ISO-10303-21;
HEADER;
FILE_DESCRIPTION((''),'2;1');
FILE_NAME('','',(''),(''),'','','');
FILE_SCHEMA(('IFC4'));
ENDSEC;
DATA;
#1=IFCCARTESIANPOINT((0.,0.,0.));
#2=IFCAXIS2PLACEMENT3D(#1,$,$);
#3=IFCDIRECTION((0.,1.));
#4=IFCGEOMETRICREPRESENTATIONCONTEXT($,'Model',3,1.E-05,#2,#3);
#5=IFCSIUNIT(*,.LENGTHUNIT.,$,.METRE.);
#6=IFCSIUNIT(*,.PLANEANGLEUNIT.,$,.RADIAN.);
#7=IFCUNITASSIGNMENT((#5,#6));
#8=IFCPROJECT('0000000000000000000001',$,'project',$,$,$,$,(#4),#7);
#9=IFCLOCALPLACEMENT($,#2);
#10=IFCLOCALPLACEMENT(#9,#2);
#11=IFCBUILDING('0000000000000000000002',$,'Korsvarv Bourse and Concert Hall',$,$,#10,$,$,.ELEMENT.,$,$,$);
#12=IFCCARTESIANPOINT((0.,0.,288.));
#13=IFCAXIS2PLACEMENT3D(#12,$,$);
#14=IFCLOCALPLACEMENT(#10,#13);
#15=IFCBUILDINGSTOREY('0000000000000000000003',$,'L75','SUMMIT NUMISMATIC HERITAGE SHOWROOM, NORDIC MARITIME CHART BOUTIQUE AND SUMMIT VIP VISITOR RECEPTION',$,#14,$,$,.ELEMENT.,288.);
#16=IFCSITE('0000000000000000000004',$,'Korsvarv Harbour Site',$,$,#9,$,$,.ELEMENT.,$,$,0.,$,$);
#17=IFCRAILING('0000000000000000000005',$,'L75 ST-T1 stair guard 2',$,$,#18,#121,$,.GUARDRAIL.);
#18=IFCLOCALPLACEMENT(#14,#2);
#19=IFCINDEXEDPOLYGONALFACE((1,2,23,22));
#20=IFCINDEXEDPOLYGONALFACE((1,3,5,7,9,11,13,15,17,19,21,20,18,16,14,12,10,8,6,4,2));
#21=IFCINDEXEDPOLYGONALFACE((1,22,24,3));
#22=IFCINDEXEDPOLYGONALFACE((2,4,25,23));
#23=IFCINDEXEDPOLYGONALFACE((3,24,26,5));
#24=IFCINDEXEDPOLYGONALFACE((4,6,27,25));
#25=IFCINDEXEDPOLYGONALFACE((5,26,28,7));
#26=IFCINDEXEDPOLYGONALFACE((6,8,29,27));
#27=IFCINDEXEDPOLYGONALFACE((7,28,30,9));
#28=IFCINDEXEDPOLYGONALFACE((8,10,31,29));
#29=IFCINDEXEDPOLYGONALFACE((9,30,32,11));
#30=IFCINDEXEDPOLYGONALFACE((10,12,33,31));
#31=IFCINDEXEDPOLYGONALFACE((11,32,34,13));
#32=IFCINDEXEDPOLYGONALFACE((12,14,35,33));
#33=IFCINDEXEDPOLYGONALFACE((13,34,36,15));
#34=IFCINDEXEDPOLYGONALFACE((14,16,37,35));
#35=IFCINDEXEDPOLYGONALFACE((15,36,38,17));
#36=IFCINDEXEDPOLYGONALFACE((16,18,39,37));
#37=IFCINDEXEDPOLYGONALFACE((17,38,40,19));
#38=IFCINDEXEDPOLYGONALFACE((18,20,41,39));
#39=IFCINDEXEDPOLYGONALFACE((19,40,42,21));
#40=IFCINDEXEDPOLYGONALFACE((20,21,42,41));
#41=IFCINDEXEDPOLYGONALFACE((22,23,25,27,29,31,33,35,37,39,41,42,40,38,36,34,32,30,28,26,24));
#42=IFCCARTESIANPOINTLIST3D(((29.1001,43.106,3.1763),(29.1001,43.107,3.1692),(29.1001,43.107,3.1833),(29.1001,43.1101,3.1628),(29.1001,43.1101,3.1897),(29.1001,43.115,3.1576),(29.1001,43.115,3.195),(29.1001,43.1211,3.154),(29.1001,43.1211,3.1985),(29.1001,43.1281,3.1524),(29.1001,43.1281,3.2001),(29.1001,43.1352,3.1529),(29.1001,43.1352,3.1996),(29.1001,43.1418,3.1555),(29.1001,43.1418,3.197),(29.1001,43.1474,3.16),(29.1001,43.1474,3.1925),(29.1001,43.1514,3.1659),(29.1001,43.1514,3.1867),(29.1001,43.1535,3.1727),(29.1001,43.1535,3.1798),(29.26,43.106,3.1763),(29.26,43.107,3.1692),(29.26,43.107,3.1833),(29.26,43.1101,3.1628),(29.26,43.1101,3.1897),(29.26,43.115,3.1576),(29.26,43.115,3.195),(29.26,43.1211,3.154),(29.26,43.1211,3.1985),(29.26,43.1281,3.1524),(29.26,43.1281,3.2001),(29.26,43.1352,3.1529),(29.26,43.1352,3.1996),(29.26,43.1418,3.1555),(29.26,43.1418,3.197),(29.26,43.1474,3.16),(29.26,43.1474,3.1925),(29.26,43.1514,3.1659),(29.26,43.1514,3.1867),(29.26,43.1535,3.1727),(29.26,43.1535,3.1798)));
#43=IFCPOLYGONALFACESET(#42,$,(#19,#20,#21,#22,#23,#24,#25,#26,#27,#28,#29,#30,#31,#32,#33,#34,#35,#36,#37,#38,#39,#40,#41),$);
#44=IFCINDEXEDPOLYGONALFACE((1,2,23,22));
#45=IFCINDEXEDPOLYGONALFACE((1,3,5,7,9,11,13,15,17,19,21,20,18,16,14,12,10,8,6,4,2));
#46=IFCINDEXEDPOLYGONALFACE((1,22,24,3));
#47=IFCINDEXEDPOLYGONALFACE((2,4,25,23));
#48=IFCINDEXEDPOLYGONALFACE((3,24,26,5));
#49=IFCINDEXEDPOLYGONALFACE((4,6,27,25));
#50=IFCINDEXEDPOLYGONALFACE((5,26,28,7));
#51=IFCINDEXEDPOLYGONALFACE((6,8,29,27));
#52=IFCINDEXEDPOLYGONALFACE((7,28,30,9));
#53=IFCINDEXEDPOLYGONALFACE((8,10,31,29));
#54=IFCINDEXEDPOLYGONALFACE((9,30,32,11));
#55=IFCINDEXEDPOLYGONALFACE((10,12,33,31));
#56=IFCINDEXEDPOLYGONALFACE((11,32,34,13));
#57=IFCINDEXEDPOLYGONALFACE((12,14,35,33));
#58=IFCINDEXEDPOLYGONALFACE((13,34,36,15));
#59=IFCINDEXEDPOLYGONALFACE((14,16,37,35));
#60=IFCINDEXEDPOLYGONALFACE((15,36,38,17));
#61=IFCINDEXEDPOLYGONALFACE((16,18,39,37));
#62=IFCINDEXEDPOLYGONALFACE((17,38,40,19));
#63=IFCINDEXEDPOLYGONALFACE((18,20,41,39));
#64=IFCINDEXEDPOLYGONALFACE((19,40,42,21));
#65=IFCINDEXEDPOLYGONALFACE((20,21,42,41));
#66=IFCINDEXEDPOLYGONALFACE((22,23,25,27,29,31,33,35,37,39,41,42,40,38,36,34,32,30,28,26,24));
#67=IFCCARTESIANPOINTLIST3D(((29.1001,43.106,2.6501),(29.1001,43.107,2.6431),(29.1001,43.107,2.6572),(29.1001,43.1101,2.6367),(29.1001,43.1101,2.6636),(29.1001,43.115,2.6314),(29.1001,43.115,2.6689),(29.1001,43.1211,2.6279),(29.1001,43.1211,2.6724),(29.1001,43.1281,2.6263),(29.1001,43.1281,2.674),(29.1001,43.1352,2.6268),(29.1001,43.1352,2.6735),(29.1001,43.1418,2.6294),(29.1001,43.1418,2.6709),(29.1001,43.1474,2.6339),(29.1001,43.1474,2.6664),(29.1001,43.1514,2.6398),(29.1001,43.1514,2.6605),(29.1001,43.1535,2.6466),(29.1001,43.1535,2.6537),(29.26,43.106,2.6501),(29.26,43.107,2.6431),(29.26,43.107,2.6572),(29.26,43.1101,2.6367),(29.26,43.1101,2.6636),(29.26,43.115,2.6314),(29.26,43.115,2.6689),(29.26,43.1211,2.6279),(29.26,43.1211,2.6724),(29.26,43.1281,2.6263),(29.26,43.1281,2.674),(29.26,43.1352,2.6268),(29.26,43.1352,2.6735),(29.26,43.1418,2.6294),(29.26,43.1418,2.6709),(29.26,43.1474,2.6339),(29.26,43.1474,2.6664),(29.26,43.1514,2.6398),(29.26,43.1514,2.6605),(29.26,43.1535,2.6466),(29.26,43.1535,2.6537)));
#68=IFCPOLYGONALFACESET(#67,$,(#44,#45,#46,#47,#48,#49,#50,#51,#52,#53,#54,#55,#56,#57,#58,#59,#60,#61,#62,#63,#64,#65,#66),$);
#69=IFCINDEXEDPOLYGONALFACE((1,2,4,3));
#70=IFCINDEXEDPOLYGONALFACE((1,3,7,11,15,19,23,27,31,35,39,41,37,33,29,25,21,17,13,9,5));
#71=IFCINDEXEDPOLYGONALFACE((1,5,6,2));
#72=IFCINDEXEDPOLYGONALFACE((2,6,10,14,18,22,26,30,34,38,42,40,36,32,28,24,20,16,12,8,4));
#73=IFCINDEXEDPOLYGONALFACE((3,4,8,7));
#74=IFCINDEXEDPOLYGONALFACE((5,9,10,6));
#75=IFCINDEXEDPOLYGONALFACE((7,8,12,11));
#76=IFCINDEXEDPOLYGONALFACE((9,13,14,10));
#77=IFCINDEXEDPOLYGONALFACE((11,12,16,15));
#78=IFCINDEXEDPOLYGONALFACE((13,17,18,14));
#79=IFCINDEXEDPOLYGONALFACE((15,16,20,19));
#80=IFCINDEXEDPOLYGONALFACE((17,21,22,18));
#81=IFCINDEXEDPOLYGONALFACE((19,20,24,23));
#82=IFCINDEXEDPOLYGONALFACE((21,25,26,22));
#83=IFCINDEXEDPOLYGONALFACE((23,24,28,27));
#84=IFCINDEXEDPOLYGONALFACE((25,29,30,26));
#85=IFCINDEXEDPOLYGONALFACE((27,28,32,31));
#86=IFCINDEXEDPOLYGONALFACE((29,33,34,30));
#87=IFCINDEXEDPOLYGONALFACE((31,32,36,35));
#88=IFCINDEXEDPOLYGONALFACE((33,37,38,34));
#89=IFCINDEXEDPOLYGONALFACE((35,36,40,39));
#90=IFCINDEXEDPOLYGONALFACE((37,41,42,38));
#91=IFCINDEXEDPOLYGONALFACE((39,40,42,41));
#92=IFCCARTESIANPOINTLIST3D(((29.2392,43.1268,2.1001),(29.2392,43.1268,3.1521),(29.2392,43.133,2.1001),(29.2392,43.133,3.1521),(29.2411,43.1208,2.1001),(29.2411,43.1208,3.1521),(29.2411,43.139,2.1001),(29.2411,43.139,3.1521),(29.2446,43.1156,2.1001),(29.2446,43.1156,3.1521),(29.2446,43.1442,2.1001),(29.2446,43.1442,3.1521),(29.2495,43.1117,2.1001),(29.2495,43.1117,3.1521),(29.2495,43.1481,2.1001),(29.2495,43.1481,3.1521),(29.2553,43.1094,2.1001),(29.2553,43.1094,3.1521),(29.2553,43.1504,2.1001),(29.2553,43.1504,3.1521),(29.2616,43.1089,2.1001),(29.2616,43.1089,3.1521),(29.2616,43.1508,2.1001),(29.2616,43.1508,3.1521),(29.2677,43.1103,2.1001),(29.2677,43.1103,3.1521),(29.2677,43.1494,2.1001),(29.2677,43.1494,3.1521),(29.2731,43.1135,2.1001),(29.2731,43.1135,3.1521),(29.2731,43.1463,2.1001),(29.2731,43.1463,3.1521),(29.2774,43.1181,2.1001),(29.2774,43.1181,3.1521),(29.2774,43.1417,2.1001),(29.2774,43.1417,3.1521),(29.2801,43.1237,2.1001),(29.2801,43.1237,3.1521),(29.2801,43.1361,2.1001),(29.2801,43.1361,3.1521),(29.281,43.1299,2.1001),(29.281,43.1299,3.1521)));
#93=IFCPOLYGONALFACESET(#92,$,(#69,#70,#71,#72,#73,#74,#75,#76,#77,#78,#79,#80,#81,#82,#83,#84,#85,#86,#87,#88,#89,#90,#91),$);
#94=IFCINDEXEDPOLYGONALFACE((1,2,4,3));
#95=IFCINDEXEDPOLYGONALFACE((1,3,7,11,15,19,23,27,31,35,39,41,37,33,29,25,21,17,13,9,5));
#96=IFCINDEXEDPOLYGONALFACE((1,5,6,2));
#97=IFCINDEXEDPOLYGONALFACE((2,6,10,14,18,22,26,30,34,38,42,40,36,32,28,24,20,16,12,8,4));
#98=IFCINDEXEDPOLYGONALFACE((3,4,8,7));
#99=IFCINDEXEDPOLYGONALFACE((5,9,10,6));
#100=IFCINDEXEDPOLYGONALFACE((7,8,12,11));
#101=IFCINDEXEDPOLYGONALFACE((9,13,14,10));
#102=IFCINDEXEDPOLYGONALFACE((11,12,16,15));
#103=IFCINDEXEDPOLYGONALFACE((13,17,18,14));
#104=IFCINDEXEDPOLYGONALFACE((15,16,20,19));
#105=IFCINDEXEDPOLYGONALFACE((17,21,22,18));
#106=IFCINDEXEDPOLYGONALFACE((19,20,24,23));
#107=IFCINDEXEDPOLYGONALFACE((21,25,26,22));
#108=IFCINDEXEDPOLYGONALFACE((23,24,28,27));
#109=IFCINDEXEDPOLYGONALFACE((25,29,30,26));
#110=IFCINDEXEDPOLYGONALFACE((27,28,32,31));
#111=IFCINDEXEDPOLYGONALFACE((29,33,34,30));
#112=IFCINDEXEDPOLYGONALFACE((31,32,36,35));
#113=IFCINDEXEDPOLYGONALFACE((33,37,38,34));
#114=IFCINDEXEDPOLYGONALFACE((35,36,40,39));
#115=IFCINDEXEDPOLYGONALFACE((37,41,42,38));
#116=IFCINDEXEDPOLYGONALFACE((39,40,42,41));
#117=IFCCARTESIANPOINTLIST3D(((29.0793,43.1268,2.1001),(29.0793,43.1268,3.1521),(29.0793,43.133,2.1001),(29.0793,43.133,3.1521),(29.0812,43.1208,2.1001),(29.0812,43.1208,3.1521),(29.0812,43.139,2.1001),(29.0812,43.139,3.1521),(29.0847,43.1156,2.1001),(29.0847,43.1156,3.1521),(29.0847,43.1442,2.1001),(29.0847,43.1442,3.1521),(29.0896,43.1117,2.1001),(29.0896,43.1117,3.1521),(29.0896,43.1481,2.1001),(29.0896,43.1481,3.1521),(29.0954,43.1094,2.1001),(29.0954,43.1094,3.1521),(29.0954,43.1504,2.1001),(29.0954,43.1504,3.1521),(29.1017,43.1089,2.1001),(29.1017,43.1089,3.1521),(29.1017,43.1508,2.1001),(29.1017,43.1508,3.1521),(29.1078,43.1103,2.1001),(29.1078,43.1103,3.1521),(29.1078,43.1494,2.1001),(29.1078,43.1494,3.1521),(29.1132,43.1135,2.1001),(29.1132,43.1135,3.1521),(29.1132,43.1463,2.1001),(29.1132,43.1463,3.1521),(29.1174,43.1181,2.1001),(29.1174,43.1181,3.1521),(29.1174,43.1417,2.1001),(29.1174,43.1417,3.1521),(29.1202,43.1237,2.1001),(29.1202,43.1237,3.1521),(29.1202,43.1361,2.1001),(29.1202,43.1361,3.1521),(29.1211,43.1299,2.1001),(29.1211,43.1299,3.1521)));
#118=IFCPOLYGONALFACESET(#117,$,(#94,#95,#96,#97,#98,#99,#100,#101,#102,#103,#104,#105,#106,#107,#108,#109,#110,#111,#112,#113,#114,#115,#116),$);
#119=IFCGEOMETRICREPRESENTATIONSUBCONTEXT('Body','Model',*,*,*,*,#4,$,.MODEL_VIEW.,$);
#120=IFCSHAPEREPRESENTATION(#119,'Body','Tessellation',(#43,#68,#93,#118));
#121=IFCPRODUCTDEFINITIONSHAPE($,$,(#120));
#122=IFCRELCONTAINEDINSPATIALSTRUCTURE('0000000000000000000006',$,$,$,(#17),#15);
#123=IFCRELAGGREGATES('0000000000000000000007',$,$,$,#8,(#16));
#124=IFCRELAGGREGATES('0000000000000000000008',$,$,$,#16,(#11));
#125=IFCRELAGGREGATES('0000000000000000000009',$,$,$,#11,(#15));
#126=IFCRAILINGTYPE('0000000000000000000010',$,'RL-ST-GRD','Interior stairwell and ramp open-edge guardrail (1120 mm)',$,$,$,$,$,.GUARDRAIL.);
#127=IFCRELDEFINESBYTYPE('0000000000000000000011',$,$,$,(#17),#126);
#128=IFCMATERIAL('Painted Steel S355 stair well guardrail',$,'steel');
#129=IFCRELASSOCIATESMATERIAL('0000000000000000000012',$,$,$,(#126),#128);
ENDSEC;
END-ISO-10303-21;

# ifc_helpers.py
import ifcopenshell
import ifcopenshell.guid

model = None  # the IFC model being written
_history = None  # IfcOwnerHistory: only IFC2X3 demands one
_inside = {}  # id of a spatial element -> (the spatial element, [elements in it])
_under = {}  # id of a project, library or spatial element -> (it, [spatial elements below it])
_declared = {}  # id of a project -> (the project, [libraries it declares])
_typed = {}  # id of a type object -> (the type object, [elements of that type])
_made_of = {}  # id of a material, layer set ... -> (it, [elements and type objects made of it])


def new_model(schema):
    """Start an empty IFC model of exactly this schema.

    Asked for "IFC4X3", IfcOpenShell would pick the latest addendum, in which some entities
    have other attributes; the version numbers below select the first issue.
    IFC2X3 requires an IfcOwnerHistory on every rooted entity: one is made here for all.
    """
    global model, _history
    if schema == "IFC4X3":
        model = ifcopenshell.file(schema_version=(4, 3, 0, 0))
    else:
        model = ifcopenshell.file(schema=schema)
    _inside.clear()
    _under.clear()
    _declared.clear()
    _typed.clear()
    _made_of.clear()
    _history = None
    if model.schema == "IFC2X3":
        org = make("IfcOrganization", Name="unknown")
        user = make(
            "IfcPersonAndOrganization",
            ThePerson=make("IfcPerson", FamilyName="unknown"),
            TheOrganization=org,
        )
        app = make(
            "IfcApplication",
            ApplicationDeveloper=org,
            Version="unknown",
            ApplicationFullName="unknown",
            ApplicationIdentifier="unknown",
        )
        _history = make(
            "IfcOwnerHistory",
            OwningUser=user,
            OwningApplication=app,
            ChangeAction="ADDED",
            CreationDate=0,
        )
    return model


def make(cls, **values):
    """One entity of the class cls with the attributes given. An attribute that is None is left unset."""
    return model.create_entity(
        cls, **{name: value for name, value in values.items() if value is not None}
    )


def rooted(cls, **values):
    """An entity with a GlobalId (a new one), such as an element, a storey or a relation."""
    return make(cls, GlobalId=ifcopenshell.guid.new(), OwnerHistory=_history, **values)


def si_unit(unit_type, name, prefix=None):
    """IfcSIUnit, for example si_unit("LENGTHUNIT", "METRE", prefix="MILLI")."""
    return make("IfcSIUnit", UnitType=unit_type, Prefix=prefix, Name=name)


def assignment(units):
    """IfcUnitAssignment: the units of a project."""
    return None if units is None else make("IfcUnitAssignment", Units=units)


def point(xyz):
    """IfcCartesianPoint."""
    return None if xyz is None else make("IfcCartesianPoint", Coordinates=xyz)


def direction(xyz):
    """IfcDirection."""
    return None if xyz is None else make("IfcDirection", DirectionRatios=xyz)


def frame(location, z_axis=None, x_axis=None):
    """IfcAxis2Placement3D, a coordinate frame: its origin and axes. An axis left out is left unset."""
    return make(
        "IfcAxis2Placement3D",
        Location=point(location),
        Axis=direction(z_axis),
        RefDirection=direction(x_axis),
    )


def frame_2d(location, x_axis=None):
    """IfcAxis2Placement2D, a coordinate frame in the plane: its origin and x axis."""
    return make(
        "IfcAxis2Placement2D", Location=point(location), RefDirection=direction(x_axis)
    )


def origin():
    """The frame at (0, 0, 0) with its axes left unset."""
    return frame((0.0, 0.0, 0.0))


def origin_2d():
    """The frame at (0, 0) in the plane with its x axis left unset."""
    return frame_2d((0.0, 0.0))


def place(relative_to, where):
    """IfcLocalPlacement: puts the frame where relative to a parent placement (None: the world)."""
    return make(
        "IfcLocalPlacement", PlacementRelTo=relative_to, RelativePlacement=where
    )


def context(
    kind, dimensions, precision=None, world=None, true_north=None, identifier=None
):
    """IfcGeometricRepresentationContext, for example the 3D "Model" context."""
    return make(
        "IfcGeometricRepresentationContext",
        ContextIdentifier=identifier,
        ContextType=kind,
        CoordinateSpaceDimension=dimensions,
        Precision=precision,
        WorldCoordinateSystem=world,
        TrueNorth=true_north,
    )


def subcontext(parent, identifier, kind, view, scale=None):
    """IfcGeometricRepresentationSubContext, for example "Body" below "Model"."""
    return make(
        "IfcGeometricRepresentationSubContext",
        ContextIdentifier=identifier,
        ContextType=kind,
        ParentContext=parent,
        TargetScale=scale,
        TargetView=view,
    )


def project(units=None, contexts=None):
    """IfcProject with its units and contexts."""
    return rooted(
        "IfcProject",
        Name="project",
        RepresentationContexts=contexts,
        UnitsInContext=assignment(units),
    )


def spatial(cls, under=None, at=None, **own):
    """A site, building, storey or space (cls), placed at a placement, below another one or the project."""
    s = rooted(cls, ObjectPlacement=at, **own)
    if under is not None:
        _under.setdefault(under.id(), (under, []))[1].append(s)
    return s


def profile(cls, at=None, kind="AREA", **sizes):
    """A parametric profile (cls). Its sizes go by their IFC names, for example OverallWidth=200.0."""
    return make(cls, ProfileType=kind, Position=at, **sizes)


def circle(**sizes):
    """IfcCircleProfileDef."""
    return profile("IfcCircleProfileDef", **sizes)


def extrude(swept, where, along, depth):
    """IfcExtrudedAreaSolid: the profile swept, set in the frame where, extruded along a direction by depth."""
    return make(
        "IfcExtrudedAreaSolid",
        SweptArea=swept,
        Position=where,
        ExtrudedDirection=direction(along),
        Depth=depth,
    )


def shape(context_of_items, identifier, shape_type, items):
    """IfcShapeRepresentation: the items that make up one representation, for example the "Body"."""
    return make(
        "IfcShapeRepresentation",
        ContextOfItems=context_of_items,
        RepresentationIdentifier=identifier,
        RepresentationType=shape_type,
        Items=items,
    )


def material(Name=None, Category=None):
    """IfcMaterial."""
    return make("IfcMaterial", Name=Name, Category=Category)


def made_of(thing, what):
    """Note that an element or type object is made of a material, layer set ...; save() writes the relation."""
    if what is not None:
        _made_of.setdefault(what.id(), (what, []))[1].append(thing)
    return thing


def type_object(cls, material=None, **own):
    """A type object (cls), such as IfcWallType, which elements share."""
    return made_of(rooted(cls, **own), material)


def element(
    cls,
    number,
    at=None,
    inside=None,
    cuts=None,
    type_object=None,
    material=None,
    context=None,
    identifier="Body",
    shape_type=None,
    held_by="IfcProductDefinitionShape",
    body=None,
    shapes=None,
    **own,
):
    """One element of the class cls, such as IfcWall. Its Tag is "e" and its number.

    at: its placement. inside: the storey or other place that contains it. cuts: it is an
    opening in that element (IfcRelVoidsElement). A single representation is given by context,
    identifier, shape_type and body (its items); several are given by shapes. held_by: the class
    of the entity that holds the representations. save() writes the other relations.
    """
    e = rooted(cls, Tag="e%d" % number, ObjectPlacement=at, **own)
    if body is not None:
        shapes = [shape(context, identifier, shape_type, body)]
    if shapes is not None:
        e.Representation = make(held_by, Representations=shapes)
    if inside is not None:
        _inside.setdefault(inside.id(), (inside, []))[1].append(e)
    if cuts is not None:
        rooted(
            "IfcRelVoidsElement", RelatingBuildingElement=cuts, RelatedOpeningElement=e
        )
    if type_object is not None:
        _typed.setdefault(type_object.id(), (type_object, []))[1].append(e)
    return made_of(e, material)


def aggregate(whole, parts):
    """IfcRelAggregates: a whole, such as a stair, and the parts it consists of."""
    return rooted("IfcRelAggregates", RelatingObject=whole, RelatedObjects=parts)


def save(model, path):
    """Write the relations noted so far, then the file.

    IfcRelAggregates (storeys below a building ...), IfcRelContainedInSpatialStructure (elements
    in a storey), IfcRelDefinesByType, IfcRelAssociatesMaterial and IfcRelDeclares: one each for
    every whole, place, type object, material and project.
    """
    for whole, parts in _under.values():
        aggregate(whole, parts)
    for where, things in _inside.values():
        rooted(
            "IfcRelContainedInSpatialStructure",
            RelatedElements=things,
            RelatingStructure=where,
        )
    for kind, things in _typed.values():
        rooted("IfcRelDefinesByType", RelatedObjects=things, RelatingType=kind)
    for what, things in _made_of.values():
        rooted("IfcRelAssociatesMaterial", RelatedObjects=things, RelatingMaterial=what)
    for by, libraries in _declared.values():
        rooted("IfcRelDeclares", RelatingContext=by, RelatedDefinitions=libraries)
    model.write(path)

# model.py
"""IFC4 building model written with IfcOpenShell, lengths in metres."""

from ifc_helpers import new_model, si_unit, direction, frame, origin, origin_2d, place, context, subcontext, project, spatial, circle, extrude, material, type_object, element, save


model = new_model("IFC4")

# Units and contexts
model_context = context("Model", 3, precision=1e-05, world=origin(), true_north=direction((0.0, 1.0)))
body_context = subcontext(model_context, "Body", "Model", "MODEL_VIEW")
ifc_project = project(units=[si_unit("LENGTHUNIT", "METRE"), si_unit("PLANEANGLEUNIT", "RADIAN")], contexts=[model_context])

# Site, building, storey
site_placement = place(None, origin())
site = spatial("IfcSite", under=ifc_project, at=site_placement, Name="Korsvarv Harbour Site", CompositionType="ELEMENT", RefElevation=0.0)
building_placement = place(site_placement, origin())
building = spatial("IfcBuilding", under=site, at=building_placement, Name="Korsvarv Bourse and Concert Hall", CompositionType="ELEMENT")
storey_placement = place(building_placement, frame((0.0, 0.0, 288.0)))
storey = spatial("IfcBuildingStorey", under=building, at=storey_placement, Name="L75", Description="SUMMIT NUMISMATIC HERITAGE SHOWROOM, NORDIC MARITIME CHART BOUTIQUE AND SUMMIT VIP VISITOR RECEPTION", CompositionType="ELEMENT", Elevation=288.0)

# Railing
ifc_material_1 = material(Name="Painted Steel S355 stair well guardrail", Category="steel")
railing_type_1 = type_object("IfcRailingType", Name="RL-ST-GRD", Description="Interior stairwell and ramp open-edge guardrail (1120 mm)", PredefinedType="GUARDRAIL", material=ifc_material_1)
railing_1_placement = place(storey_placement, frame((29.26, 43.1299, 2.1001)))
element("IfcRailing", 1, at=railing_1_placement, inside=storey, type_object=railing_type_1, Name="L75 ST-T1 stair guard 2", PredefinedType="GUARDRAIL", context=body_context, shape_type="SweptSolid", body=[
    extrude(circle(Radius=0.0239, at=origin_2d()), frame((0.0, 0.0, 1.0762), z_axis=(-1.0, 0.0, 0.0), x_axis=(0.0, -1.0, 0.0)), (0.0, 0.0, 1.0), 0.1599),
    extrude(circle(Radius=0.0239, at=origin_2d()), frame((0.0, 0.0, 0.55), z_axis=(-1.0, 0.0, 0.0), x_axis=(0.0, -1.0, 0.0)), (0.0, 0.0, 1.0), 0.1599),
    extrude(circle(Radius=0.021, at=origin_2d()), origin(), (0.0, 0.0, 1.0), 1.052),
    extrude(circle(Radius=0.021, at=origin_2d()), frame((-0.1599, 0.0, 0.0)), (0.0, 0.0, 1.0), 1.052),
])

save(model, "model.ifc")
